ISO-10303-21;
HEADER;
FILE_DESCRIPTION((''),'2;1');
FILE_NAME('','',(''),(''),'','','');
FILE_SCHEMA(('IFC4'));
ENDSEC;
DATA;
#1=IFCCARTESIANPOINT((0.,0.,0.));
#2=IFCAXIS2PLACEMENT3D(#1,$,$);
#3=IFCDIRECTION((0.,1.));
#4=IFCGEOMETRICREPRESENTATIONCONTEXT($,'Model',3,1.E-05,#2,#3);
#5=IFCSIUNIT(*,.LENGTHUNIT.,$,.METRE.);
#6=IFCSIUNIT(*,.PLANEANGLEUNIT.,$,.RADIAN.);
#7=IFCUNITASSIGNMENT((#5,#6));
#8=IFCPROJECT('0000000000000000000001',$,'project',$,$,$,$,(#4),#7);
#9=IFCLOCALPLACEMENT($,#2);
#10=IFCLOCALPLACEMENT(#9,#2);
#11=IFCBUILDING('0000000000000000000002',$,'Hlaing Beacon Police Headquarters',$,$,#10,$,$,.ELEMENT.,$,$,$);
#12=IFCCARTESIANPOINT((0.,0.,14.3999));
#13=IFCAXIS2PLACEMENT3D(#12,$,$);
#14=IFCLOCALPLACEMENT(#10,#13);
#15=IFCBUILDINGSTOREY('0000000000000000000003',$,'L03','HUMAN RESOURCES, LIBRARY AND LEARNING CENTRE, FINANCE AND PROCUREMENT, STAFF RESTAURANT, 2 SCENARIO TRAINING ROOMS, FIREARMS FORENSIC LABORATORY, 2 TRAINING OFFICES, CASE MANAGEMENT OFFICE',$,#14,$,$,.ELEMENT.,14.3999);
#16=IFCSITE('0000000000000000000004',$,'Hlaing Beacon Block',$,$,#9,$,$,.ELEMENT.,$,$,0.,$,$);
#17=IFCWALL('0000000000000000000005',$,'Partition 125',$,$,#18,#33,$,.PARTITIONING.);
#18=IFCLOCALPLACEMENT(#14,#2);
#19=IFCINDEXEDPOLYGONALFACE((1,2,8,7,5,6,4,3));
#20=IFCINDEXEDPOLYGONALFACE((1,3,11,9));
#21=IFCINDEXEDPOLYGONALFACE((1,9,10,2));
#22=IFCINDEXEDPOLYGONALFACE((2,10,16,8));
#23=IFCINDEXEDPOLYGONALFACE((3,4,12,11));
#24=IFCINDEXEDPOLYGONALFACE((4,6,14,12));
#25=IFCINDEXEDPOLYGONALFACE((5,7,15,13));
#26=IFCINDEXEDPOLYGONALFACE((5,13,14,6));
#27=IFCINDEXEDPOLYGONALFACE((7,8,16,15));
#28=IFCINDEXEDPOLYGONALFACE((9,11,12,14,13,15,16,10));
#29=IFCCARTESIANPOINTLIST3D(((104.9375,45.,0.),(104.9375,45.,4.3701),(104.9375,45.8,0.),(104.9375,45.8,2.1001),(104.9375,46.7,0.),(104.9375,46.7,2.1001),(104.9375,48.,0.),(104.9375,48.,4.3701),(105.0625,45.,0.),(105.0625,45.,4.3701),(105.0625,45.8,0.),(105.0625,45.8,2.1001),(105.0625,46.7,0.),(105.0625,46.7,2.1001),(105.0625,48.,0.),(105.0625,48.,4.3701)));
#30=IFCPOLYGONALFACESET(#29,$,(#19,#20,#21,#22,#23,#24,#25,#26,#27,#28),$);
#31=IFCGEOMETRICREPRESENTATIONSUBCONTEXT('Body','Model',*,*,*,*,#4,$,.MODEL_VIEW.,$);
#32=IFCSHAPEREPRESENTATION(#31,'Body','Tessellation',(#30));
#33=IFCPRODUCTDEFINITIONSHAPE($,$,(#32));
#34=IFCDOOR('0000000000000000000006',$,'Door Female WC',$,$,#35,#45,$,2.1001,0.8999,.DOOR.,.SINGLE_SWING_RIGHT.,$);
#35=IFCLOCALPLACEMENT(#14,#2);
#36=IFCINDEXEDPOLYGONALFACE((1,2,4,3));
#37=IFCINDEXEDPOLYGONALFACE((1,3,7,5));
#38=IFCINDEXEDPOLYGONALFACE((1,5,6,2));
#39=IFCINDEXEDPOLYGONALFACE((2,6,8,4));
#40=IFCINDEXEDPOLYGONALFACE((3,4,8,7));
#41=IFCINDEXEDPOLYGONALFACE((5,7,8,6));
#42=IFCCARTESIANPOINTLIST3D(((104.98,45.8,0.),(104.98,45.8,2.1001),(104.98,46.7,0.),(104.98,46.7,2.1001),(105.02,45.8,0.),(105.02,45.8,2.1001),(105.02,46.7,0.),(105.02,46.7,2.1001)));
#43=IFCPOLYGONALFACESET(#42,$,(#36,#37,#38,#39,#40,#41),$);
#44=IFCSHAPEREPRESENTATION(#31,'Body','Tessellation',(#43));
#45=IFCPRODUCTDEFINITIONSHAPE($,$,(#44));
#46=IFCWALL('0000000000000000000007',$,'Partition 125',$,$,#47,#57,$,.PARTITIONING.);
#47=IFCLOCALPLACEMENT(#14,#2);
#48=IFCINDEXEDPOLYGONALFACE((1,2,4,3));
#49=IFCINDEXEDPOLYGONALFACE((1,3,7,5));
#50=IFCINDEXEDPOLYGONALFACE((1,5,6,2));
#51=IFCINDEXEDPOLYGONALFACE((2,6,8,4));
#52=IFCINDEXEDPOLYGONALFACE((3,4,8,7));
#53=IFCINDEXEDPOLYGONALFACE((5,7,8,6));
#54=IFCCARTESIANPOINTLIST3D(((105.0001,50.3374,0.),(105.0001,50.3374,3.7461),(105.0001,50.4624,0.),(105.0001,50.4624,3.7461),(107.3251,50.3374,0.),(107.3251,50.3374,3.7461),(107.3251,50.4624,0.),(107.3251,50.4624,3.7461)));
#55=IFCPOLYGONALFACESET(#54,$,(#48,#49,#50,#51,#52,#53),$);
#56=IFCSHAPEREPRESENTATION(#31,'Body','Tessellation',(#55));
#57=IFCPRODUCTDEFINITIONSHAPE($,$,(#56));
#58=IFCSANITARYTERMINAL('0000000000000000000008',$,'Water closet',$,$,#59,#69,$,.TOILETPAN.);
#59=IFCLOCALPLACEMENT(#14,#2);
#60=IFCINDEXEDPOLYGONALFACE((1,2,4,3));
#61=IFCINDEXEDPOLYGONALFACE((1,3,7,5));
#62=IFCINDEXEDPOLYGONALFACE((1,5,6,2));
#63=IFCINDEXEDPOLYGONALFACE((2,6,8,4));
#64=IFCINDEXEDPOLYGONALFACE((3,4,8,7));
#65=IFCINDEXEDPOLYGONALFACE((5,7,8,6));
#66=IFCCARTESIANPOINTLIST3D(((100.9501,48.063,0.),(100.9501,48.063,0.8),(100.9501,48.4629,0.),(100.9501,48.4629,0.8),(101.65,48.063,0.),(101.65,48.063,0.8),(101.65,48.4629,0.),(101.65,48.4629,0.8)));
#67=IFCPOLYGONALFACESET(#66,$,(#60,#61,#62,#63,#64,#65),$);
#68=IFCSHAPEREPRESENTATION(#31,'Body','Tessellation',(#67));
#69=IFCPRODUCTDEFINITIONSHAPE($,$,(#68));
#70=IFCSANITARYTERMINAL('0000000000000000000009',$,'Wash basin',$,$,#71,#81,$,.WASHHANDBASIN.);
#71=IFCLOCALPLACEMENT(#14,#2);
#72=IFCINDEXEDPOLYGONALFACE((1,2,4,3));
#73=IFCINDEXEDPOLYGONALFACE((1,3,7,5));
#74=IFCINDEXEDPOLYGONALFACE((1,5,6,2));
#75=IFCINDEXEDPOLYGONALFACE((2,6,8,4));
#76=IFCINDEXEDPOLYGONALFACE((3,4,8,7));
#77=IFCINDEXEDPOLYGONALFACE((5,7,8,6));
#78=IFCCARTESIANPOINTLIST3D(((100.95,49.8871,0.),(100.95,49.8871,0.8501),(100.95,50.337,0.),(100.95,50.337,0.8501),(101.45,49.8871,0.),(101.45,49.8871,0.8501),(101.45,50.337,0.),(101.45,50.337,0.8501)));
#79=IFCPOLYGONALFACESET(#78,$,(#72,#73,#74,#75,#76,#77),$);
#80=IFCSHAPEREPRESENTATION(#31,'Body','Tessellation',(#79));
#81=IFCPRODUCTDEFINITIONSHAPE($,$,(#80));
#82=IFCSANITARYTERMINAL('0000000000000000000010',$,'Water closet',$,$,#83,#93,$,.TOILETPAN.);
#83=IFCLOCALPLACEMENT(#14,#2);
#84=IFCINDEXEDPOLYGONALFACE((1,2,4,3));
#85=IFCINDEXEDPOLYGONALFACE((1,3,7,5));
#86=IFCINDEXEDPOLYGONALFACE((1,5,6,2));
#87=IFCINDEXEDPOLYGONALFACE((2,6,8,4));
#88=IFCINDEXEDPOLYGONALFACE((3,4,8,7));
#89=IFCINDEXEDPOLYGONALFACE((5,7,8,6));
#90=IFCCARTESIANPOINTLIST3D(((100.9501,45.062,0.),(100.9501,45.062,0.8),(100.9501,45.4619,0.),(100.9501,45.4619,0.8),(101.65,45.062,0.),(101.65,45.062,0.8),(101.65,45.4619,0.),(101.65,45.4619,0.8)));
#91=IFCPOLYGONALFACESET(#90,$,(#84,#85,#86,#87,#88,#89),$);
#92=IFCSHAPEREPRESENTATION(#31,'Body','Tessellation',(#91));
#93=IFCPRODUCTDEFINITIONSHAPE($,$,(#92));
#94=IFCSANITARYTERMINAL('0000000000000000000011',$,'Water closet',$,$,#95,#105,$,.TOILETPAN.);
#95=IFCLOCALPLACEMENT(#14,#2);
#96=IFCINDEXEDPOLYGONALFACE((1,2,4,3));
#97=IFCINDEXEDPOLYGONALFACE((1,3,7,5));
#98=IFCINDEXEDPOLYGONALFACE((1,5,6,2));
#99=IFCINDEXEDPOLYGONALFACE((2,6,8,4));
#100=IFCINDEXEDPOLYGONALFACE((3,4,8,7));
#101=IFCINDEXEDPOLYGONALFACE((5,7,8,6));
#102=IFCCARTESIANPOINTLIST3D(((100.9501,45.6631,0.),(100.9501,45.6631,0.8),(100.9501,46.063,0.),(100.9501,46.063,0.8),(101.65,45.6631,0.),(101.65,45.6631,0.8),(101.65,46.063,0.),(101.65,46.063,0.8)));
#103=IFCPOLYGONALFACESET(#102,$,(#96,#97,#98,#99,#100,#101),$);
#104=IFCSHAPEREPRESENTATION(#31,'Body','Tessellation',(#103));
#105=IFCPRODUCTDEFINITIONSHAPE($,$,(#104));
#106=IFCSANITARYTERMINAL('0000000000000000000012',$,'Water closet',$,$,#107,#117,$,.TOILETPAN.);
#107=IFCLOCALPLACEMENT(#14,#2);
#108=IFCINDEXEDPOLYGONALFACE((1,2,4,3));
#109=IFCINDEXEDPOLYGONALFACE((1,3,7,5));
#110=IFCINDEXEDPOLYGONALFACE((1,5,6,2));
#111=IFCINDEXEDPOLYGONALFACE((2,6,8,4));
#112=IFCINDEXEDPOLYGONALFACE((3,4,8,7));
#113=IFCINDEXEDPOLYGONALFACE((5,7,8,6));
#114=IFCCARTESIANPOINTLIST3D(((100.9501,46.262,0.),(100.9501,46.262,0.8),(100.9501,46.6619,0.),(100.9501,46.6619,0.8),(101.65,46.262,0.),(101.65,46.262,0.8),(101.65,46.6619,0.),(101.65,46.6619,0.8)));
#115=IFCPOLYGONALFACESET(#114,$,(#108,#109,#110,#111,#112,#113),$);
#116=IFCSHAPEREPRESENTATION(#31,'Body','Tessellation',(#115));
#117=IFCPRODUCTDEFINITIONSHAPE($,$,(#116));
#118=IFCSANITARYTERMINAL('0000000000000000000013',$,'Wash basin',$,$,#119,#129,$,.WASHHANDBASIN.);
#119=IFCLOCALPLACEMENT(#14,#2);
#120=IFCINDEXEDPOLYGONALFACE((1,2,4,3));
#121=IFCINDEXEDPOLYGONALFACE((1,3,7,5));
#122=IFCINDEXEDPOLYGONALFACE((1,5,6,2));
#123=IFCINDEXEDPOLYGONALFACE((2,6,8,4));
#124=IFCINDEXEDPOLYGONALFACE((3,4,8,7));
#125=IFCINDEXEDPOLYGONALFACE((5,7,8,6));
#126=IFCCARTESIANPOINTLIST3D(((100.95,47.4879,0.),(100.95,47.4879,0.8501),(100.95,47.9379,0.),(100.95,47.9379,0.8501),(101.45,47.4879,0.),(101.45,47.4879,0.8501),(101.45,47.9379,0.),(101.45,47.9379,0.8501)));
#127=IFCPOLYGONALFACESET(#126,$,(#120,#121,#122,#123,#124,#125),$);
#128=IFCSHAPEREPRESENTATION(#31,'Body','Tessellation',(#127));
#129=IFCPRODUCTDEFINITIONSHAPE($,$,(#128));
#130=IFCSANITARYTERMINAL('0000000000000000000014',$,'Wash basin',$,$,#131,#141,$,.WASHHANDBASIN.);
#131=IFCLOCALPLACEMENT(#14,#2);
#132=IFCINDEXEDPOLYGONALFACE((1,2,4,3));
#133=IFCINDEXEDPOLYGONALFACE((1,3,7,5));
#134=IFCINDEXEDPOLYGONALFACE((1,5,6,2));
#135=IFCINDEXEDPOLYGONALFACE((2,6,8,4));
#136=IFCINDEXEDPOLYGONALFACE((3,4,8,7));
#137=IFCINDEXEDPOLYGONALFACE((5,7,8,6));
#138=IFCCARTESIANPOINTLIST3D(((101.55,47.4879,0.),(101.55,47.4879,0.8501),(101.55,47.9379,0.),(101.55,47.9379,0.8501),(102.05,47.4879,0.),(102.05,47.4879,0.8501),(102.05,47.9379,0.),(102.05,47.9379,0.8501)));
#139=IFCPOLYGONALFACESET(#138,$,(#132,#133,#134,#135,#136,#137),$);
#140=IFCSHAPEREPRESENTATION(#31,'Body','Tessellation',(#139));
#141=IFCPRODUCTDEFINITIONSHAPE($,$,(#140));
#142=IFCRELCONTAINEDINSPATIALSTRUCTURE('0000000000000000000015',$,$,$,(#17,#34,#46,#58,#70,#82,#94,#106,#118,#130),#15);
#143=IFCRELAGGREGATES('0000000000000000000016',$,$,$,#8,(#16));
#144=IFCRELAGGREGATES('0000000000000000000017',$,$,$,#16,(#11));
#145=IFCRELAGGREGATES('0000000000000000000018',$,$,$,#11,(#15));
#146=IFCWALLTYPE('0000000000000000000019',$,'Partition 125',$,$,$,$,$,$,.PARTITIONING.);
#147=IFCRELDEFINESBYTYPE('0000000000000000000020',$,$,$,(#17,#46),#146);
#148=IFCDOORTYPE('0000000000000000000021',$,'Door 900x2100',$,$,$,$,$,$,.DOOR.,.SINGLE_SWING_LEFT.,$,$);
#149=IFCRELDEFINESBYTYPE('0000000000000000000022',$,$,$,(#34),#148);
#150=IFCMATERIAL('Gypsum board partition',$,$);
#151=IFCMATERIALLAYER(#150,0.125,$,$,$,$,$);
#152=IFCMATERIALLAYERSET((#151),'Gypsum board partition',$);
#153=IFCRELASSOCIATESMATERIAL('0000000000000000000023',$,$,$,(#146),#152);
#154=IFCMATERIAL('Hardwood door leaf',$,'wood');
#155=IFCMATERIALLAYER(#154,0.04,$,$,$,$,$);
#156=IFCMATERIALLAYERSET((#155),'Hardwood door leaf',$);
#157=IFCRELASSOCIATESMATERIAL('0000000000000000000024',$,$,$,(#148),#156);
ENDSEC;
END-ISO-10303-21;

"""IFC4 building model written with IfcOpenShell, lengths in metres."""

from ifc_helpers import new_model, si_unit, direction, frame, frame_2d, origin, origin_2d, place, context, subcontext, project, spatial, rectangle, extrude, material, layer, layer_set, type_object, element, fill, save


model = new_model("IFC4")

# Units and contexts
model_context = context("Model", 3, precision=1e-05, world=origin(), true_north=direction((0.0, 1.0)))
body_context = subcontext(model_context, "Body", "Model", "MODEL_VIEW")
ifc_project = project(units=[si_unit("LENGTHUNIT", "METRE"), si_unit("PLANEANGLEUNIT", "RADIAN")], contexts=[model_context])

# Site, building, storey
site_placement = place(None, origin())
site = spatial("IfcSite", under=ifc_project, at=site_placement, Name="Hlaing Beacon Block", CompositionType="ELEMENT", RefElevation=0.0)
building_placement = place(site_placement, origin())
building = spatial("IfcBuilding", under=site, at=building_placement, Name="Hlaing Beacon Police Headquarters", CompositionType="ELEMENT")
storey_placement = place(building_placement, frame((0.0, 0.0, 14.3999)))
storey = spatial("IfcBuildingStorey", under=building, at=storey_placement, Name="L03", Description="HUMAN RESOURCES, LIBRARY AND LEARNING CENTRE, FINANCE AND PROCUREMENT, STAFF RESTAURANT, 2 SCENARIO TRAINING ROOMS, FIREARMS FORENSIC LABORATORY, 2 TRAINING OFFICES, CASE MANAGEMENT OFFICE", CompositionType="ELEMENT", Elevation=14.3999)

# Shared definitions
ifc_material_1 = material(Name="Gypsum board partition")
ifc_layer_1 = layer(ifc_material_1, 0.125)
ifc_layer_set_1 = layer_set([ifc_layer_1], Name="Gypsum board partition")
wall_type_1 = type_object("IfcWallType", Name="Partition 125", PredefinedType="PARTITIONING", material=ifc_layer_set_1)

# Wall, opening, door
wall_1_placement = place(storey_placement, frame((105.0, 45.0, 0.0), z_axis=(0.0, 0.0, 1.0), x_axis=(0.0, 1.0, 0.0)))
wall_1 = element("IfcWall", 1, at=wall_1_placement, inside=storey, type_object=wall_type_1, Name="Partition 125", PredefinedType="PARTITIONING", context=body_context, shape_type="SweptSolid", body=[
    extrude(rectangle(XDim=3.0, YDim=0.125, at=frame_2d((1.5, 0.0))), origin(), (0.0, 0.0, 1.0), 4.3701),
])
opening_1_placement = place(wall_1_placement, frame((0.8, 0.0, 0.0)))
opening_1 = element("IfcOpeningElement", 2, at=opening_1_placement, cuts=wall_1, PredefinedType="OPENING", context=body_context, shape_type="SweptSolid", body=[
    extrude(rectangle(XDim=0.8999, YDim=2.1001, at=frame_2d((0.45, 1.05))), frame((0.0, 0.0725, 0.0), z_axis=(0.0, -1.0, 0.0), x_axis=(1.0, 0.0, 0.0)), (0.0, 0.0, 1.0), 0.145),
])
ifc_material_2 = material(Name="Hardwood door leaf", Category="wood")
ifc_layer_2 = layer(ifc_material_2, 0.04)
ifc_layer_set_2 = layer_set([ifc_layer_2], Name="Hardwood door leaf")
door_type_1 = type_object("IfcDoorType", Name="Door 900x2100", OperationType="SINGLE_SWING_LEFT", PredefinedType="DOOR", material=ifc_layer_set_2)
door_1_placement = place(opening_1_placement, origin())
door_1 = element("IfcDoor", 3, at=door_1_placement, inside=storey, type_object=door_type_1, Name="Door Female WC", OperationType="SINGLE_SWING_RIGHT", OverallHeight=2.1001, OverallWidth=0.8999, PredefinedType="DOOR", context=body_context, shape_type="SweptSolid", body=[
    extrude(rectangle(XDim=0.8999, YDim=2.1001, at=frame_2d((0.45, 1.05))), frame((0.0, 0.02, 0.0), z_axis=(0.0, -1.0, 0.0), x_axis=(1.0, 0.0, 0.0)), (0.0, 0.0, 1.0), 0.04),
])
fill(opening_1, door_1)

# Wall
wall_2_placement = place(storey_placement, frame((105.0, 50.3999, 0.0), z_axis=(0.0, 0.0, 1.0), x_axis=(1.0, 0.0, 0.0)))
element("IfcWall", 4, at=wall_2_placement, inside=storey, type_object=wall_type_1, Name="Partition 125", PredefinedType="PARTITIONING", context=body_context, shape_type="SweptSolid", body=[
    extrude(rectangle(XDim=2.325, YDim=0.125, at=frame_2d((1.1626, 0.0))), origin(), (0.0, 0.0, 1.0), 3.7461),
])

# Sanitary terminals
sanitary_terminal_1_placement = place(storey_placement, frame((101.3, 48.2629, 0.0), z_axis=(0.0, 0.0, 1.0), x_axis=(1.0, 0.0, 0.0)))
element("IfcSanitaryTerminal", 5, at=sanitary_terminal_1_placement, inside=storey, Name="Water closet", PredefinedType="TOILETPAN", context=body_context, shape_type="SweptSolid", body=[
    extrude(rectangle(XDim=0.7, YDim=0.3999, at=origin_2d()), origin(), (0.0, 0.0, 1.0), 0.8),
])
sanitary_terminal_2_placement = place(storey_placement, frame((101.2, 50.1121, 0.0), z_axis=(0.0, 0.0, 1.0), x_axis=(1.0, 0.0, 0.0)))
element("IfcSanitaryTerminal", 6, at=sanitary_terminal_2_placement, inside=storey, Name="Wash basin", PredefinedType="WASHHANDBASIN", context=body_context, shape_type="SweptSolid", body=[
    extrude(rectangle(XDim=0.5, YDim=0.45, at=origin_2d()), origin(), (0.0, 0.0, 1.0), 0.8501),
])
for number, where, z_axis, x_axis, name in (
    (7, (101.3, 45.262, 0.0), (0.0, 0.0, 1.0), (1.0, 0.0, 0.0), "Water closet"),
    (8, (101.3, 45.863, 0.0), (0.0, 0.0, 1.0), (1.0, 0.0, 0.0), "Water closet"),
    (9, (101.3, 46.4619, 0.0), (0.0, 0.0, 1.0), (1.0, 0.0, 0.0), "Water closet"),
):
    element("IfcSanitaryTerminal", number, at=place(storey_placement, frame(where, z_axis=z_axis, x_axis=x_axis)), inside=storey, Name=name, PredefinedType="TOILETPAN", context=body_context, shape_type="SweptSolid", body=[
        extrude(rectangle(XDim=0.7, YDim=0.3999, at=origin_2d()), origin(), (0.0, 0.0, 1.0), 0.8),
    ])
for number, where, z_axis, x_axis, name in (
    (10, (101.2, 47.7129, 0.0), (0.0, 0.0, 1.0), (1.0, 0.0, 0.0), "Wash basin"),
    (11, (101.8, 47.7129, 0.0), (0.0, 0.0, 1.0), (1.0, 0.0, 0.0), "Wash basin"),
):
    element("IfcSanitaryTerminal", number, at=place(storey_placement, frame(where, z_axis=z_axis, x_axis=x_axis)), inside=storey, Name=name, PredefinedType="WASHHANDBASIN", context=body_context, shape_type="SweptSolid", body=[
        extrude(rectangle(XDim=0.5, YDim=0.45, at=origin_2d()), origin(), (0.0, 0.0, 1.0), 0.8501),
    ])

save(model, "model.ifc")
